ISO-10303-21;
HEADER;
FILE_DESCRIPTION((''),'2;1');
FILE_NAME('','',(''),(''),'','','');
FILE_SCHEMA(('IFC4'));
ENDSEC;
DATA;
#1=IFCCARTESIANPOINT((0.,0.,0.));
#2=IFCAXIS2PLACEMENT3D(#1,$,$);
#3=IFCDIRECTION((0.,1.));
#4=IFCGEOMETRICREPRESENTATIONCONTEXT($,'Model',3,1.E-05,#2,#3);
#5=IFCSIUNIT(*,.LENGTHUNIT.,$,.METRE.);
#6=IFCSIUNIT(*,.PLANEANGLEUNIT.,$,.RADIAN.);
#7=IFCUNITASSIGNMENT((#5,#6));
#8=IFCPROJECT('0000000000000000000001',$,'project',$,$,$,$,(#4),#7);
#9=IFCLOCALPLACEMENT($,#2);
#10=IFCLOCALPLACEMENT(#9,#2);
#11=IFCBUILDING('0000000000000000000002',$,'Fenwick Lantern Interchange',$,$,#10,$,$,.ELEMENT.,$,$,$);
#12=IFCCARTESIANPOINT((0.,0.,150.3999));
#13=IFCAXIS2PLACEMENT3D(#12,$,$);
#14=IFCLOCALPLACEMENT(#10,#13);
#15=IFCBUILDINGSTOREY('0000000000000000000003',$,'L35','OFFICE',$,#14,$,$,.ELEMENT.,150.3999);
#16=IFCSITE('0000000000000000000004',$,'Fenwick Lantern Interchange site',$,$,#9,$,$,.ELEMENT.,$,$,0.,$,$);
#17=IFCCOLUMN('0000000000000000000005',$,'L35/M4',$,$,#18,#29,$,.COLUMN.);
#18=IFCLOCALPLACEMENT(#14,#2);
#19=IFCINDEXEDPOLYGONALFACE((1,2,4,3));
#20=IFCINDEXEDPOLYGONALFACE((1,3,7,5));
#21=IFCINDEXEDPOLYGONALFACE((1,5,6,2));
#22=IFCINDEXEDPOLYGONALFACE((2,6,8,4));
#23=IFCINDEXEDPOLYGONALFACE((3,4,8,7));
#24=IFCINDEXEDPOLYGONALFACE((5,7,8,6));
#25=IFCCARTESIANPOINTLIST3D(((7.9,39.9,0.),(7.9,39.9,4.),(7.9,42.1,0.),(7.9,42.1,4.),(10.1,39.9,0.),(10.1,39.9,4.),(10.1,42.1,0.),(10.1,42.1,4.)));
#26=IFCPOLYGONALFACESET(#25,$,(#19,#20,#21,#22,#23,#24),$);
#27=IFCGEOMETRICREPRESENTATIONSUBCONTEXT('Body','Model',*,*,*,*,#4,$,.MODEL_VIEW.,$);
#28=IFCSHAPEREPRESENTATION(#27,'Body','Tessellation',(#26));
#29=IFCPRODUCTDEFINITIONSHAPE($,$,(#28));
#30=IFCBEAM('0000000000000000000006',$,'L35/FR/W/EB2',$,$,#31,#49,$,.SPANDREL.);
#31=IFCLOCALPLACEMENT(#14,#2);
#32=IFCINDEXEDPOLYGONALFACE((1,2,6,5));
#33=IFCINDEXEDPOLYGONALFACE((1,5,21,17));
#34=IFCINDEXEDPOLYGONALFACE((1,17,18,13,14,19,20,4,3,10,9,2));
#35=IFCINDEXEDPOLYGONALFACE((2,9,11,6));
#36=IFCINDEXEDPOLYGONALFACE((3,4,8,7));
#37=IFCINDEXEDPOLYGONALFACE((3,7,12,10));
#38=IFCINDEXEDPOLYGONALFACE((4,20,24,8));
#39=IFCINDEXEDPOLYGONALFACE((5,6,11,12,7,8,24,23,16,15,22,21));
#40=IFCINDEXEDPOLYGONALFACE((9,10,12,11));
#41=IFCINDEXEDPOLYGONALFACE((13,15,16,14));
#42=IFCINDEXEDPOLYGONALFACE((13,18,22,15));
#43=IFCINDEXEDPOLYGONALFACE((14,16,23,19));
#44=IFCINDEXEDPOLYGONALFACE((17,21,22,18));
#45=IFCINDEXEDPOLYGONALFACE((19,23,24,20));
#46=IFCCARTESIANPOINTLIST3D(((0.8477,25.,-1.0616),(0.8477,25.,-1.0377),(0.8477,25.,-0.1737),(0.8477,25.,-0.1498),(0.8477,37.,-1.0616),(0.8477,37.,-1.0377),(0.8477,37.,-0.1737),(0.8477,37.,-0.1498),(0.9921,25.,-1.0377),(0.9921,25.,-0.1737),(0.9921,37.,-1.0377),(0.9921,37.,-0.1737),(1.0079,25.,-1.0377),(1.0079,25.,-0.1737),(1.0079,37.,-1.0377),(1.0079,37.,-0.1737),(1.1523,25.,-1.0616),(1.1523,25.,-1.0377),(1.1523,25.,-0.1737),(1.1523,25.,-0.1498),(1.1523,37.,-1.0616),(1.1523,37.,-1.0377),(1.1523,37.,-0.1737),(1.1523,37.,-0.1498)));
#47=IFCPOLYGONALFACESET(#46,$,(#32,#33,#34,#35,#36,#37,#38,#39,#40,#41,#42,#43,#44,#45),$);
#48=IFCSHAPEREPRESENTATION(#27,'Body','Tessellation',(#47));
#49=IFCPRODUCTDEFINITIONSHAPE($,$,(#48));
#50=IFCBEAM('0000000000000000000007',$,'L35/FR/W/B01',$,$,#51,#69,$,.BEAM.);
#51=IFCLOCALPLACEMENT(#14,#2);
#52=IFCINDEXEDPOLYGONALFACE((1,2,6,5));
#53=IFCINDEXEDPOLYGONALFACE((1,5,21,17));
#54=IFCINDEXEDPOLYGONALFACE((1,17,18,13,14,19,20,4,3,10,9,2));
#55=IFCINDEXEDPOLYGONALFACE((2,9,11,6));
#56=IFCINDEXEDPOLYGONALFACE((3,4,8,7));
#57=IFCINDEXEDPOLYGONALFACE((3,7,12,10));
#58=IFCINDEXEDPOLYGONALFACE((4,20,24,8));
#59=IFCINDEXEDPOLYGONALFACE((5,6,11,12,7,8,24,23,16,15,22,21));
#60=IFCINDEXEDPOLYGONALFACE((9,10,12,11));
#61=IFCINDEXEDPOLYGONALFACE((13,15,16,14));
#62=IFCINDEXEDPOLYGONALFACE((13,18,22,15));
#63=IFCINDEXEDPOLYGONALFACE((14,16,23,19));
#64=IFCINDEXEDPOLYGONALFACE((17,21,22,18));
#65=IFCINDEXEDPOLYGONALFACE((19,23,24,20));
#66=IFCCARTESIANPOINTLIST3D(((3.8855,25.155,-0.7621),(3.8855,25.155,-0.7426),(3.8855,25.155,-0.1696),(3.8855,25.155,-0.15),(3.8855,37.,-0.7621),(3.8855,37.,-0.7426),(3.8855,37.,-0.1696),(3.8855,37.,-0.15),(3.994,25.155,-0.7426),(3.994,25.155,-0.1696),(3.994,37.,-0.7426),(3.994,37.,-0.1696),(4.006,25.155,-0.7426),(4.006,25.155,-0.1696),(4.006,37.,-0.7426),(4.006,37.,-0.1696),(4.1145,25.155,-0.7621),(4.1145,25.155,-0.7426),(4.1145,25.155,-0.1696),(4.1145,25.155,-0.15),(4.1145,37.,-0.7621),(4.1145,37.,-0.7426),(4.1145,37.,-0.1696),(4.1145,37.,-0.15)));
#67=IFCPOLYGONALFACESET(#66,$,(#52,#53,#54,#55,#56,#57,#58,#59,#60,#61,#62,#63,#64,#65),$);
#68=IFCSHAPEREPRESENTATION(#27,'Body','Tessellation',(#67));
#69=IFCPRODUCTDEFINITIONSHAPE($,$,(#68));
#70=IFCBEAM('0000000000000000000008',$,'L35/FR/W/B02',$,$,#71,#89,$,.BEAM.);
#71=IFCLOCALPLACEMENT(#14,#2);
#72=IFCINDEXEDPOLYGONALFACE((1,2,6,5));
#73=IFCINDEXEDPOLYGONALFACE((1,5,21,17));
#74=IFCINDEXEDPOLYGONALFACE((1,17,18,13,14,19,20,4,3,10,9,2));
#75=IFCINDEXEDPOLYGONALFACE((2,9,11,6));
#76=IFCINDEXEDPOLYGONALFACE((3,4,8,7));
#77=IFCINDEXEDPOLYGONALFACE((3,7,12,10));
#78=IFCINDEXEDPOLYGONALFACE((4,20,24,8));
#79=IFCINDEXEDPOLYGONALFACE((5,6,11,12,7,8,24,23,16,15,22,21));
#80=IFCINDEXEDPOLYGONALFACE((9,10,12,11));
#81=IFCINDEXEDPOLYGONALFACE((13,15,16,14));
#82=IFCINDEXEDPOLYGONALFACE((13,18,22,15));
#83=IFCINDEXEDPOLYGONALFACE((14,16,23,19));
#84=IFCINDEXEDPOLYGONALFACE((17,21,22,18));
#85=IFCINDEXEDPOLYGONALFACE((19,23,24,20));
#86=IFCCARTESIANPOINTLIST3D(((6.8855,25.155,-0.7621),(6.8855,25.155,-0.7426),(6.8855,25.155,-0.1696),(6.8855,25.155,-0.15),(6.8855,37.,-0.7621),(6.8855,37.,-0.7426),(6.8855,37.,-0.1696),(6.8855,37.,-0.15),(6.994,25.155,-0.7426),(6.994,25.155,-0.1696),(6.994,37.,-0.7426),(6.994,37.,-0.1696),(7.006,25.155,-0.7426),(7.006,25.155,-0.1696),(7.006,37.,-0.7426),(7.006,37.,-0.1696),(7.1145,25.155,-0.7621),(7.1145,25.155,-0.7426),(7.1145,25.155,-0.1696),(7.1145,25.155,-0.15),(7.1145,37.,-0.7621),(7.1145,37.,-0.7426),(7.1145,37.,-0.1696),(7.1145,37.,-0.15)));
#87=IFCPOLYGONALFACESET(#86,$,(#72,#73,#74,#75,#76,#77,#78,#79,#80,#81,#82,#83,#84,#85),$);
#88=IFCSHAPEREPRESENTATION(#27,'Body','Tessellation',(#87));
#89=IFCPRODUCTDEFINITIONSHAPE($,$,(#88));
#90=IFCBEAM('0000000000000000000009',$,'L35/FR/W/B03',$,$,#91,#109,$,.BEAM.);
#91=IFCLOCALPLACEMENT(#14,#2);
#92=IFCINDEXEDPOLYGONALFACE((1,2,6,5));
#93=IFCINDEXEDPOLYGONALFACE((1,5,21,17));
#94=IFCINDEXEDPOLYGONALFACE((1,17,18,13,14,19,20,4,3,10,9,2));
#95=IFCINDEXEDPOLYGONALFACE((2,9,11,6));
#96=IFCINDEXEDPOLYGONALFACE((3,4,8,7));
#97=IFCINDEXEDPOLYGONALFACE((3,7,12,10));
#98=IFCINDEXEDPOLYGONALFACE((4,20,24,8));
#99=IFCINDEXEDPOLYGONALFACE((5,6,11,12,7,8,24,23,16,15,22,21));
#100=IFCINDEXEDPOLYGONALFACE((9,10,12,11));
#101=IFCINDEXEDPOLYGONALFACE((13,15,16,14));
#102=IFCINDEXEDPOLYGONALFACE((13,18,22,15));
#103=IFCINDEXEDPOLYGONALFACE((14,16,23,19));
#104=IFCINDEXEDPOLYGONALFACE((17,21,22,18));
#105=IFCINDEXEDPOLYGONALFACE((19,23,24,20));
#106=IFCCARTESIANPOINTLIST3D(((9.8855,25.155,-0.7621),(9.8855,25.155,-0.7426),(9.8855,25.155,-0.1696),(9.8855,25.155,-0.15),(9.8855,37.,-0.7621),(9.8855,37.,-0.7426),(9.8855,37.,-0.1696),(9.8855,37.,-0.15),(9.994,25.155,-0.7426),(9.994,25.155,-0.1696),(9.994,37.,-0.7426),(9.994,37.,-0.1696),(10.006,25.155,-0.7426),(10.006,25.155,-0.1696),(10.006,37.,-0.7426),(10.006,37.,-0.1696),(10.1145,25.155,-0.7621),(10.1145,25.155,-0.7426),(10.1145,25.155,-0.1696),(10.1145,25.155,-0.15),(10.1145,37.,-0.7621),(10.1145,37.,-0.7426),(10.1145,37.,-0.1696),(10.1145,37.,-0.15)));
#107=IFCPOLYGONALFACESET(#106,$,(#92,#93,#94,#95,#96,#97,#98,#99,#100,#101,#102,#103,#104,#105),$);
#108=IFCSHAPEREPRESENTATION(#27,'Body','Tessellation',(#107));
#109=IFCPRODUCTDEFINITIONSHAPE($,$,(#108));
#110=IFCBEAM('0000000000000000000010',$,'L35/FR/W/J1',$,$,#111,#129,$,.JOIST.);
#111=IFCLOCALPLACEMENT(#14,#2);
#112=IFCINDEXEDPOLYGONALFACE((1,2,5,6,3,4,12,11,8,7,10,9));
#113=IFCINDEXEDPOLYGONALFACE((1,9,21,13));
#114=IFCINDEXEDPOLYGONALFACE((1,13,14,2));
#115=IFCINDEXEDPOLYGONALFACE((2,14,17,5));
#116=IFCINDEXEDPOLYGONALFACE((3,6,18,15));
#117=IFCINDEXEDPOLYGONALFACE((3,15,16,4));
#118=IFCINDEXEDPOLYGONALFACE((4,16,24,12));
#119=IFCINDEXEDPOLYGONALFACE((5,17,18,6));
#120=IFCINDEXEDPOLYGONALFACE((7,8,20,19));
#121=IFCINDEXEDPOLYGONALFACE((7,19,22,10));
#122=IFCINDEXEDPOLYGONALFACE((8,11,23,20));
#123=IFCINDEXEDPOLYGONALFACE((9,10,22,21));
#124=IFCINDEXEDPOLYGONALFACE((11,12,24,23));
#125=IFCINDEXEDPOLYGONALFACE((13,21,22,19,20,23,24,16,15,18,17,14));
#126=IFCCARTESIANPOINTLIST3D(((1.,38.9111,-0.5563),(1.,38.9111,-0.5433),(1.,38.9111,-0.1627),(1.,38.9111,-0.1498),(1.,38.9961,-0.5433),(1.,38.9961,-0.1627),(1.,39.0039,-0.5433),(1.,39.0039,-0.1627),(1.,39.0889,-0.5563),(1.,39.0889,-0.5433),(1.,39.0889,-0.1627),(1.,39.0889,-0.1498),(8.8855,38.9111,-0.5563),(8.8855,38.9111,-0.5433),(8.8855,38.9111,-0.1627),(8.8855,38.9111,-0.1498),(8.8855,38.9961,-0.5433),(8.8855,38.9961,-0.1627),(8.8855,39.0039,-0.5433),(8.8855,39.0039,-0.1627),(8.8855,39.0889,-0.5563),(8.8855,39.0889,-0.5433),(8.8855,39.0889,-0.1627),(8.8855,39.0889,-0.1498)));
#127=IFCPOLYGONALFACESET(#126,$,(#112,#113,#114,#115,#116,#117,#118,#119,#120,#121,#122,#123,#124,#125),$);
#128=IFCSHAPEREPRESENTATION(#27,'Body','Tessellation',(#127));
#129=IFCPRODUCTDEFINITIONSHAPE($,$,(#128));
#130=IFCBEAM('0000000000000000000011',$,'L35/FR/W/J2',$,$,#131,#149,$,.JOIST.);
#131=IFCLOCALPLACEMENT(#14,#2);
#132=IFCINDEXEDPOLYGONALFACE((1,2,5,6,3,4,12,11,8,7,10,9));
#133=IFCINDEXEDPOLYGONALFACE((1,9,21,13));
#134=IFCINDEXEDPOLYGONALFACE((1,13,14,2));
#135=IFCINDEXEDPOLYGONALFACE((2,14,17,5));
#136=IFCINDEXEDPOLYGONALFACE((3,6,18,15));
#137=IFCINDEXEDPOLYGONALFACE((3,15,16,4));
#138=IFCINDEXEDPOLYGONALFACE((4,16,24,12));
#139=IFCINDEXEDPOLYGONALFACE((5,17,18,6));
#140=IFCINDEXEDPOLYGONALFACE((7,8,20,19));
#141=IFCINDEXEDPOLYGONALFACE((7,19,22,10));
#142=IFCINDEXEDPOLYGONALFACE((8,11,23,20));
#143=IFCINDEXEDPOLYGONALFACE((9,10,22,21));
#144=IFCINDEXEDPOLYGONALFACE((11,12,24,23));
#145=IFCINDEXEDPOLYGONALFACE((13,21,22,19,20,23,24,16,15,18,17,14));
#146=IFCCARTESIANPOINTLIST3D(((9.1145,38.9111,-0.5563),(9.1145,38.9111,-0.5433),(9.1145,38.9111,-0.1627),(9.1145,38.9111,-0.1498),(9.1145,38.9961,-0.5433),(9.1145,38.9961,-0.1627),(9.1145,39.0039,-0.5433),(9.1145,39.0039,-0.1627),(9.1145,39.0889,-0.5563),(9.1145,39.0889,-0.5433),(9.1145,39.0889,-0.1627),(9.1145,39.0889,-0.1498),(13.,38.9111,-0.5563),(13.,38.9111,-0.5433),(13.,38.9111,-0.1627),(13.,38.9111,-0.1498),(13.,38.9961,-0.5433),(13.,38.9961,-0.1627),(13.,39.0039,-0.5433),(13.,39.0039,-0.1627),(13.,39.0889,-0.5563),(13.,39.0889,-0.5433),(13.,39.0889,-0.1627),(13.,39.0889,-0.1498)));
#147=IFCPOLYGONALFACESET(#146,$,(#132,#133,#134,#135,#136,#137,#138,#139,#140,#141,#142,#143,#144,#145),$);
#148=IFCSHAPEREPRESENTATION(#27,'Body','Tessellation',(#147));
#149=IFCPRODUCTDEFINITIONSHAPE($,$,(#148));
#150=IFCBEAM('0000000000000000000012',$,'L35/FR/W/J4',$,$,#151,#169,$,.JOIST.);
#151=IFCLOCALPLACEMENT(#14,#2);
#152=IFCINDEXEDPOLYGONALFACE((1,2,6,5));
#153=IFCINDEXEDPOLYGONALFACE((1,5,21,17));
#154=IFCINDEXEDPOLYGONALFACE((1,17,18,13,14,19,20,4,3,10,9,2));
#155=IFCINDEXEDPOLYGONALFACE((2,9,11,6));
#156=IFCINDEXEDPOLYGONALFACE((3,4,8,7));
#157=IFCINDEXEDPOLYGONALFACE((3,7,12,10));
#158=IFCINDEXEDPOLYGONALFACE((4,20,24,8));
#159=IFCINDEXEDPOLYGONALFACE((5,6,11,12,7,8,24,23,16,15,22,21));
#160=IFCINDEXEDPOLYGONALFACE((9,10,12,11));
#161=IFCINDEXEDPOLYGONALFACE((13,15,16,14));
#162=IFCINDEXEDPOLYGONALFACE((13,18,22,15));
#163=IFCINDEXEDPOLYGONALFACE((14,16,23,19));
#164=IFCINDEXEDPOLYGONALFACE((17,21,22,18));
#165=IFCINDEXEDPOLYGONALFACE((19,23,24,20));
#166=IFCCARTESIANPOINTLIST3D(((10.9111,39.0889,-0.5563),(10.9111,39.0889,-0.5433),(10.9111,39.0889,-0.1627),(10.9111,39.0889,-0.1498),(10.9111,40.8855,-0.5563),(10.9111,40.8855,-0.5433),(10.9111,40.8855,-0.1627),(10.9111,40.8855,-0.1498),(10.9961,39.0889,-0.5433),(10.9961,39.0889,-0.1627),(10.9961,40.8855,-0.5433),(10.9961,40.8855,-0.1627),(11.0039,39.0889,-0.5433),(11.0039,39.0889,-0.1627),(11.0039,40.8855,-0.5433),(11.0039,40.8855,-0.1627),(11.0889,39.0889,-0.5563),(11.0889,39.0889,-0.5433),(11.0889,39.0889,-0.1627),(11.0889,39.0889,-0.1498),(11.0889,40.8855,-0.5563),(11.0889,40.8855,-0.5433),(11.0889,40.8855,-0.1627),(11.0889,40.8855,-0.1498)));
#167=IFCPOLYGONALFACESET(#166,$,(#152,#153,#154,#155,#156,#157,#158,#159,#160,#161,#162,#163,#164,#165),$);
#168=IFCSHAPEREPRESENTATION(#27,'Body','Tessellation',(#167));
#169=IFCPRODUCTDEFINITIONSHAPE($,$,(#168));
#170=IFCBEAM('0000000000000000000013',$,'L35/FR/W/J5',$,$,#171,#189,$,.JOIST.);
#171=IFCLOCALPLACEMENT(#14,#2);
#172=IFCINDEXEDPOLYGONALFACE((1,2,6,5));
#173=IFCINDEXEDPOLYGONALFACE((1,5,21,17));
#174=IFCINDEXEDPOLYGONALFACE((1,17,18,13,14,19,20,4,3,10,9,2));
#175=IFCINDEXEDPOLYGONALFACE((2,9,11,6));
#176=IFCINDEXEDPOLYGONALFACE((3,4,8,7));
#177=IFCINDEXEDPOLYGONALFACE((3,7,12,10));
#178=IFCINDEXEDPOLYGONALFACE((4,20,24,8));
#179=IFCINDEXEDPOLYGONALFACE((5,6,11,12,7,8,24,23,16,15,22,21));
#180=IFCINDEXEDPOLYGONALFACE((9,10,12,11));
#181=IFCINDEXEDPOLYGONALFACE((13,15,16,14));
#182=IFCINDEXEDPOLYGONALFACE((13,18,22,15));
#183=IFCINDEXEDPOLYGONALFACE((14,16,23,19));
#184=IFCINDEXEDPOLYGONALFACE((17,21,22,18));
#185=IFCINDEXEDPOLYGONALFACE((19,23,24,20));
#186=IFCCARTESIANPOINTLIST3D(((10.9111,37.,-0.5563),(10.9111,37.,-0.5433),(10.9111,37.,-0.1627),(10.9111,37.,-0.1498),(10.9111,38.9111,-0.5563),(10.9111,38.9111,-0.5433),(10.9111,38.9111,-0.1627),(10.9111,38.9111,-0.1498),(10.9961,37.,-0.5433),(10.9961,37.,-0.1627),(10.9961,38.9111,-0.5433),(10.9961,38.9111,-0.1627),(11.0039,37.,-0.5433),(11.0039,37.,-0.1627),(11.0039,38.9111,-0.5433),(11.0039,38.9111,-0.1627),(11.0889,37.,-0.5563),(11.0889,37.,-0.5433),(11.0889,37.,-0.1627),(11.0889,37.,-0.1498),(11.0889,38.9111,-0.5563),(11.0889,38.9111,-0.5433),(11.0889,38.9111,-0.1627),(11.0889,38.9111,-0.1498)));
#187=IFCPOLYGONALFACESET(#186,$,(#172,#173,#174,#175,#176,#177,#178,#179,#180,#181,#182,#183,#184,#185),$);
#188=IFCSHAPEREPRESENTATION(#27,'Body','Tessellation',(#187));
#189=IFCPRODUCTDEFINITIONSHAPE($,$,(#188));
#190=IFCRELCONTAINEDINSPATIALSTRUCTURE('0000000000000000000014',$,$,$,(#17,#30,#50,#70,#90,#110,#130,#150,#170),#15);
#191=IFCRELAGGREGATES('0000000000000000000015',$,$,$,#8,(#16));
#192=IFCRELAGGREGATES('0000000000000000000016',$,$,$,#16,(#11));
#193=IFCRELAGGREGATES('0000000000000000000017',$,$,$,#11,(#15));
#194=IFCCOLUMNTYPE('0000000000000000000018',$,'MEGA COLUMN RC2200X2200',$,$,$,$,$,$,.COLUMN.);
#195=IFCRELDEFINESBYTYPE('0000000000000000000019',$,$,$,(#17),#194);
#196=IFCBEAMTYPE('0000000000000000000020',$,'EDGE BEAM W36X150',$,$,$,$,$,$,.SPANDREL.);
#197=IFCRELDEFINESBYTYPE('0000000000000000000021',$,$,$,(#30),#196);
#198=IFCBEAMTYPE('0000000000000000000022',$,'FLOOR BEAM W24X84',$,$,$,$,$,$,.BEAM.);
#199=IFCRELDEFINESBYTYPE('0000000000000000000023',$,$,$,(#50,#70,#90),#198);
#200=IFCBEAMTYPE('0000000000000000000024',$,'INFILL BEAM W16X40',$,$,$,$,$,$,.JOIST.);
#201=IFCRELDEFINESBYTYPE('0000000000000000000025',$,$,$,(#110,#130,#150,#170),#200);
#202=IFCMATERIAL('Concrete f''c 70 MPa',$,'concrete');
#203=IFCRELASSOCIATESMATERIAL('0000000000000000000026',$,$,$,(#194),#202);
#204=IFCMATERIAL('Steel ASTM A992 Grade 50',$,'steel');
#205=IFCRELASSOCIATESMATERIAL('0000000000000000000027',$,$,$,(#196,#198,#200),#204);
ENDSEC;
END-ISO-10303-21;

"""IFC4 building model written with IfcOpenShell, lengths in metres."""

from ifc_helpers import new_model, si_unit, direction, frame, origin, origin_2d, place, context, subcontext, project, spatial, rectangle, i_section, extrude, material, material_profile, profile_set, type_object, element, save


model = new_model("IFC4")

# Units and contexts
model_context = context("Model", 3, precision=1e-05, world=origin(), true_north=direction((0.0, 1.0)))
body_context = subcontext(model_context, "Body", "Model", "MODEL_VIEW")
ifc_project = project(units=[si_unit("LENGTHUNIT", "METRE"), si_unit("PLANEANGLEUNIT", "RADIAN")], contexts=[model_context])

# Site, building, storey
site_placement = place(None, origin())
site = spatial("IfcSite", under=ifc_project, at=site_placement, Name="Fenwick Lantern Interchange site", CompositionType="ELEMENT", RefElevation=0.0)
building_placement = place(site_placement, origin())
building = spatial("IfcBuilding", under=site, at=building_placement, Name="Fenwick Lantern Interchange", CompositionType="ELEMENT")
storey_placement = place(building_placement, frame((0.0, 0.0, 150.3999)))
storey = spatial("IfcBuildingStorey", under=building, at=storey_placement, Name="L35", Description="OFFICE", CompositionType="ELEMENT", Elevation=150.3999)

# Column
ifc_material_1 = material(Name="Concrete f'c 70 MPa", Category="concrete")
ifc_material_profile_1 = material_profile(ifc_material_1, rectangle(XDim=2.2, YDim=2.2, at=origin_2d()), Name="RC2200X2200")
ifc_profile_set_1 = profile_set([ifc_material_profile_1], Name="Concrete f'c 70 MPa")
column_type = type_object("IfcColumnType", Name="MEGA COLUMN RC2200X2200", PredefinedType="COLUMN", material=ifc_profile_set_1)
column_placement = place(storey_placement, frame((9.0, 41.0, 0.0), z_axis=(0.0, 0.0, 1.0), x_axis=(1.0, 0.0, 0.0)))
element("IfcColumn", 1, at=column_placement, inside=storey, type_object=column_type, Name="L35/M4", PredefinedType="COLUMN", context=body_context, shape_type="SweptSolid", body=[
    extrude(rectangle(XDim=2.2, YDim=2.2, at=origin_2d()), origin(), (0.0, 0.0, 1.0), 4.0),
])

# Beams
ifc_material_2 = material(Name="Steel ASTM A992 Grade 50", Category="steel")
ifc_material_profile_2 = material_profile(ifc_material_2, i_section(OverallWidth=0.3047, OverallDepth=0.9119, WebThickness=0.0159, FlangeThickness=0.0239, at=origin_2d()), Name="W36X150")
ifc_profile_set_2 = profile_set([ifc_material_profile_2], Name="Steel ASTM A992 Grade 50")
beam_type_1 = type_object("IfcBeamType", Name="EDGE BEAM W36X150", PredefinedType="SPANDREL", material=ifc_profile_set_2)
beam_1_placement = place(storey_placement, frame((1.0, 37.0, -0.6057), z_axis=(0.0, -1.0, 0.0), x_axis=(1.0, 0.0, 0.0)))
element("IfcBeam", 2, at=beam_1_placement, inside=storey, type_object=beam_type_1, Name="L35/FR/W/EB2", PredefinedType="SPANDREL", context=body_context, shape_type="SweptSolid", body=[
    extrude(i_section(OverallWidth=0.3047, OverallDepth=0.9119, WebThickness=0.0159, FlangeThickness=0.0239, at=origin_2d()), origin(), (0.0, 0.0, 1.0), 12.0),
])
ifc_material_profile_3 = material_profile(ifc_material_2, i_section(OverallWidth=0.229, OverallDepth=0.6121, WebThickness=0.012, FlangeThickness=0.0195, at=origin_2d()), Name="W24X84")
ifc_profile_set_3 = profile_set([ifc_material_profile_3], Name="Steel ASTM A992 Grade 50")
beam_type_2 = type_object("IfcBeamType", Name="FLOOR BEAM W24X84", PredefinedType="BEAM", material=ifc_profile_set_3)
for number, where, z_axis, x_axis, name in (
    (3, (4.0, 37.0, -0.4561), (0.0, -1.0, 0.0), (1.0, 0.0, 0.0), "L35/FR/W/B01"),
    (4, (7.0, 37.0, -0.4561), (0.0, -1.0, 0.0), (1.0, 0.0, 0.0), "L35/FR/W/B02"),
    (5, (10.0, 37.0, -0.4561), (0.0, -1.0, 0.0), (1.0, 0.0, 0.0), "L35/FR/W/B03"),
):
    element("IfcBeam", number, at=place(storey_placement, frame(where, z_axis=z_axis, x_axis=x_axis)), inside=storey, type_object=beam_type_2, Name=name, PredefinedType="BEAM", context=body_context, shape_type="SweptSolid", body=[
        extrude(i_section(OverallWidth=0.229, OverallDepth=0.6121, WebThickness=0.012, FlangeThickness=0.0195, at=origin_2d()), origin(), (0.0, 0.0, 1.0), 11.845),
    ])
ifc_material_profile_4 = material_profile(ifc_material_2, i_section(OverallWidth=0.1777, OverallDepth=0.4065, WebThickness=0.0078, FlangeThickness=0.0129, at=origin_2d()), Name="W16X40")
ifc_profile_set_4 = profile_set([ifc_material_profile_4], Name="Steel ASTM A992 Grade 50")
beam_type_3 = type_object("IfcBeamType", Name="INFILL BEAM W16X40", PredefinedType="JOIST", material=ifc_profile_set_4)
beam_2_placement = place(storey_placement, frame((1.0, 39.0, -0.353), z_axis=(1.0, 0.0, 0.0), x_axis=(0.0, 1.0, 0.0)))
element("IfcBeam", 6, at=beam_2_placement, inside=storey, type_object=beam_type_3, Name="L35/FR/W/J1", PredefinedType="JOIST", context=body_context, shape_type="SweptSolid", body=[
    extrude(i_section(OverallWidth=0.1777, OverallDepth=0.4065, WebThickness=0.0078, FlangeThickness=0.0129, at=origin_2d()), origin(), (0.0, 0.0, 1.0), 7.8855),
])
beam_3_placement = place(storey_placement, frame((9.1145, 39.0, -0.353), z_axis=(1.0, 0.0, 0.0), x_axis=(0.0, 1.0, 0.0)))
element("IfcBeam", 7, at=beam_3_placement, inside=storey, type_object=beam_type_3, Name="L35/FR/W/J2", PredefinedType="JOIST", context=body_context, shape_type="SweptSolid", body=[
    extrude(i_section(OverallWidth=0.1777, OverallDepth=0.4065, WebThickness=0.0078, FlangeThickness=0.0129, at=origin_2d()), origin(), (0.0, 0.0, 1.0), 3.8855),
])
beam_4_placement = place(storey_placement, frame((11.0, 40.8855, -0.353), z_axis=(0.0, -1.0, 0.0), x_axis=(1.0, 0.0, 0.0)))
element("IfcBeam", 8, at=beam_4_placement, inside=storey, type_object=beam_type_3, Name="L35/FR/W/J4", PredefinedType="JOIST", context=body_context, shape_type="SweptSolid", body=[
    extrude(i_section(OverallWidth=0.1777, OverallDepth=0.4065, WebThickness=0.0078, FlangeThickness=0.0129, at=origin_2d()), origin(), (0.0, 0.0, 1.0), 1.7966),
])
beam_5_placement = place(storey_placement, frame((11.0, 38.9111, -0.353), z_axis=(0.0, -1.0, 0.0), x_axis=(1.0, 0.0, 0.0)))
element("IfcBeam", 9, at=beam_5_placement, inside=storey, type_object=beam_type_3, Name="L35/FR/W/J5", PredefinedType="JOIST", context=body_context, shape_type="SweptSolid", body=[
    extrude(i_section(OverallWidth=0.1777, OverallDepth=0.4065, WebThickness=0.0078, FlangeThickness=0.0129, at=origin_2d()), origin(), (0.0, 0.0, 1.0), 1.9111),
])

save(model, "model.ifc")
